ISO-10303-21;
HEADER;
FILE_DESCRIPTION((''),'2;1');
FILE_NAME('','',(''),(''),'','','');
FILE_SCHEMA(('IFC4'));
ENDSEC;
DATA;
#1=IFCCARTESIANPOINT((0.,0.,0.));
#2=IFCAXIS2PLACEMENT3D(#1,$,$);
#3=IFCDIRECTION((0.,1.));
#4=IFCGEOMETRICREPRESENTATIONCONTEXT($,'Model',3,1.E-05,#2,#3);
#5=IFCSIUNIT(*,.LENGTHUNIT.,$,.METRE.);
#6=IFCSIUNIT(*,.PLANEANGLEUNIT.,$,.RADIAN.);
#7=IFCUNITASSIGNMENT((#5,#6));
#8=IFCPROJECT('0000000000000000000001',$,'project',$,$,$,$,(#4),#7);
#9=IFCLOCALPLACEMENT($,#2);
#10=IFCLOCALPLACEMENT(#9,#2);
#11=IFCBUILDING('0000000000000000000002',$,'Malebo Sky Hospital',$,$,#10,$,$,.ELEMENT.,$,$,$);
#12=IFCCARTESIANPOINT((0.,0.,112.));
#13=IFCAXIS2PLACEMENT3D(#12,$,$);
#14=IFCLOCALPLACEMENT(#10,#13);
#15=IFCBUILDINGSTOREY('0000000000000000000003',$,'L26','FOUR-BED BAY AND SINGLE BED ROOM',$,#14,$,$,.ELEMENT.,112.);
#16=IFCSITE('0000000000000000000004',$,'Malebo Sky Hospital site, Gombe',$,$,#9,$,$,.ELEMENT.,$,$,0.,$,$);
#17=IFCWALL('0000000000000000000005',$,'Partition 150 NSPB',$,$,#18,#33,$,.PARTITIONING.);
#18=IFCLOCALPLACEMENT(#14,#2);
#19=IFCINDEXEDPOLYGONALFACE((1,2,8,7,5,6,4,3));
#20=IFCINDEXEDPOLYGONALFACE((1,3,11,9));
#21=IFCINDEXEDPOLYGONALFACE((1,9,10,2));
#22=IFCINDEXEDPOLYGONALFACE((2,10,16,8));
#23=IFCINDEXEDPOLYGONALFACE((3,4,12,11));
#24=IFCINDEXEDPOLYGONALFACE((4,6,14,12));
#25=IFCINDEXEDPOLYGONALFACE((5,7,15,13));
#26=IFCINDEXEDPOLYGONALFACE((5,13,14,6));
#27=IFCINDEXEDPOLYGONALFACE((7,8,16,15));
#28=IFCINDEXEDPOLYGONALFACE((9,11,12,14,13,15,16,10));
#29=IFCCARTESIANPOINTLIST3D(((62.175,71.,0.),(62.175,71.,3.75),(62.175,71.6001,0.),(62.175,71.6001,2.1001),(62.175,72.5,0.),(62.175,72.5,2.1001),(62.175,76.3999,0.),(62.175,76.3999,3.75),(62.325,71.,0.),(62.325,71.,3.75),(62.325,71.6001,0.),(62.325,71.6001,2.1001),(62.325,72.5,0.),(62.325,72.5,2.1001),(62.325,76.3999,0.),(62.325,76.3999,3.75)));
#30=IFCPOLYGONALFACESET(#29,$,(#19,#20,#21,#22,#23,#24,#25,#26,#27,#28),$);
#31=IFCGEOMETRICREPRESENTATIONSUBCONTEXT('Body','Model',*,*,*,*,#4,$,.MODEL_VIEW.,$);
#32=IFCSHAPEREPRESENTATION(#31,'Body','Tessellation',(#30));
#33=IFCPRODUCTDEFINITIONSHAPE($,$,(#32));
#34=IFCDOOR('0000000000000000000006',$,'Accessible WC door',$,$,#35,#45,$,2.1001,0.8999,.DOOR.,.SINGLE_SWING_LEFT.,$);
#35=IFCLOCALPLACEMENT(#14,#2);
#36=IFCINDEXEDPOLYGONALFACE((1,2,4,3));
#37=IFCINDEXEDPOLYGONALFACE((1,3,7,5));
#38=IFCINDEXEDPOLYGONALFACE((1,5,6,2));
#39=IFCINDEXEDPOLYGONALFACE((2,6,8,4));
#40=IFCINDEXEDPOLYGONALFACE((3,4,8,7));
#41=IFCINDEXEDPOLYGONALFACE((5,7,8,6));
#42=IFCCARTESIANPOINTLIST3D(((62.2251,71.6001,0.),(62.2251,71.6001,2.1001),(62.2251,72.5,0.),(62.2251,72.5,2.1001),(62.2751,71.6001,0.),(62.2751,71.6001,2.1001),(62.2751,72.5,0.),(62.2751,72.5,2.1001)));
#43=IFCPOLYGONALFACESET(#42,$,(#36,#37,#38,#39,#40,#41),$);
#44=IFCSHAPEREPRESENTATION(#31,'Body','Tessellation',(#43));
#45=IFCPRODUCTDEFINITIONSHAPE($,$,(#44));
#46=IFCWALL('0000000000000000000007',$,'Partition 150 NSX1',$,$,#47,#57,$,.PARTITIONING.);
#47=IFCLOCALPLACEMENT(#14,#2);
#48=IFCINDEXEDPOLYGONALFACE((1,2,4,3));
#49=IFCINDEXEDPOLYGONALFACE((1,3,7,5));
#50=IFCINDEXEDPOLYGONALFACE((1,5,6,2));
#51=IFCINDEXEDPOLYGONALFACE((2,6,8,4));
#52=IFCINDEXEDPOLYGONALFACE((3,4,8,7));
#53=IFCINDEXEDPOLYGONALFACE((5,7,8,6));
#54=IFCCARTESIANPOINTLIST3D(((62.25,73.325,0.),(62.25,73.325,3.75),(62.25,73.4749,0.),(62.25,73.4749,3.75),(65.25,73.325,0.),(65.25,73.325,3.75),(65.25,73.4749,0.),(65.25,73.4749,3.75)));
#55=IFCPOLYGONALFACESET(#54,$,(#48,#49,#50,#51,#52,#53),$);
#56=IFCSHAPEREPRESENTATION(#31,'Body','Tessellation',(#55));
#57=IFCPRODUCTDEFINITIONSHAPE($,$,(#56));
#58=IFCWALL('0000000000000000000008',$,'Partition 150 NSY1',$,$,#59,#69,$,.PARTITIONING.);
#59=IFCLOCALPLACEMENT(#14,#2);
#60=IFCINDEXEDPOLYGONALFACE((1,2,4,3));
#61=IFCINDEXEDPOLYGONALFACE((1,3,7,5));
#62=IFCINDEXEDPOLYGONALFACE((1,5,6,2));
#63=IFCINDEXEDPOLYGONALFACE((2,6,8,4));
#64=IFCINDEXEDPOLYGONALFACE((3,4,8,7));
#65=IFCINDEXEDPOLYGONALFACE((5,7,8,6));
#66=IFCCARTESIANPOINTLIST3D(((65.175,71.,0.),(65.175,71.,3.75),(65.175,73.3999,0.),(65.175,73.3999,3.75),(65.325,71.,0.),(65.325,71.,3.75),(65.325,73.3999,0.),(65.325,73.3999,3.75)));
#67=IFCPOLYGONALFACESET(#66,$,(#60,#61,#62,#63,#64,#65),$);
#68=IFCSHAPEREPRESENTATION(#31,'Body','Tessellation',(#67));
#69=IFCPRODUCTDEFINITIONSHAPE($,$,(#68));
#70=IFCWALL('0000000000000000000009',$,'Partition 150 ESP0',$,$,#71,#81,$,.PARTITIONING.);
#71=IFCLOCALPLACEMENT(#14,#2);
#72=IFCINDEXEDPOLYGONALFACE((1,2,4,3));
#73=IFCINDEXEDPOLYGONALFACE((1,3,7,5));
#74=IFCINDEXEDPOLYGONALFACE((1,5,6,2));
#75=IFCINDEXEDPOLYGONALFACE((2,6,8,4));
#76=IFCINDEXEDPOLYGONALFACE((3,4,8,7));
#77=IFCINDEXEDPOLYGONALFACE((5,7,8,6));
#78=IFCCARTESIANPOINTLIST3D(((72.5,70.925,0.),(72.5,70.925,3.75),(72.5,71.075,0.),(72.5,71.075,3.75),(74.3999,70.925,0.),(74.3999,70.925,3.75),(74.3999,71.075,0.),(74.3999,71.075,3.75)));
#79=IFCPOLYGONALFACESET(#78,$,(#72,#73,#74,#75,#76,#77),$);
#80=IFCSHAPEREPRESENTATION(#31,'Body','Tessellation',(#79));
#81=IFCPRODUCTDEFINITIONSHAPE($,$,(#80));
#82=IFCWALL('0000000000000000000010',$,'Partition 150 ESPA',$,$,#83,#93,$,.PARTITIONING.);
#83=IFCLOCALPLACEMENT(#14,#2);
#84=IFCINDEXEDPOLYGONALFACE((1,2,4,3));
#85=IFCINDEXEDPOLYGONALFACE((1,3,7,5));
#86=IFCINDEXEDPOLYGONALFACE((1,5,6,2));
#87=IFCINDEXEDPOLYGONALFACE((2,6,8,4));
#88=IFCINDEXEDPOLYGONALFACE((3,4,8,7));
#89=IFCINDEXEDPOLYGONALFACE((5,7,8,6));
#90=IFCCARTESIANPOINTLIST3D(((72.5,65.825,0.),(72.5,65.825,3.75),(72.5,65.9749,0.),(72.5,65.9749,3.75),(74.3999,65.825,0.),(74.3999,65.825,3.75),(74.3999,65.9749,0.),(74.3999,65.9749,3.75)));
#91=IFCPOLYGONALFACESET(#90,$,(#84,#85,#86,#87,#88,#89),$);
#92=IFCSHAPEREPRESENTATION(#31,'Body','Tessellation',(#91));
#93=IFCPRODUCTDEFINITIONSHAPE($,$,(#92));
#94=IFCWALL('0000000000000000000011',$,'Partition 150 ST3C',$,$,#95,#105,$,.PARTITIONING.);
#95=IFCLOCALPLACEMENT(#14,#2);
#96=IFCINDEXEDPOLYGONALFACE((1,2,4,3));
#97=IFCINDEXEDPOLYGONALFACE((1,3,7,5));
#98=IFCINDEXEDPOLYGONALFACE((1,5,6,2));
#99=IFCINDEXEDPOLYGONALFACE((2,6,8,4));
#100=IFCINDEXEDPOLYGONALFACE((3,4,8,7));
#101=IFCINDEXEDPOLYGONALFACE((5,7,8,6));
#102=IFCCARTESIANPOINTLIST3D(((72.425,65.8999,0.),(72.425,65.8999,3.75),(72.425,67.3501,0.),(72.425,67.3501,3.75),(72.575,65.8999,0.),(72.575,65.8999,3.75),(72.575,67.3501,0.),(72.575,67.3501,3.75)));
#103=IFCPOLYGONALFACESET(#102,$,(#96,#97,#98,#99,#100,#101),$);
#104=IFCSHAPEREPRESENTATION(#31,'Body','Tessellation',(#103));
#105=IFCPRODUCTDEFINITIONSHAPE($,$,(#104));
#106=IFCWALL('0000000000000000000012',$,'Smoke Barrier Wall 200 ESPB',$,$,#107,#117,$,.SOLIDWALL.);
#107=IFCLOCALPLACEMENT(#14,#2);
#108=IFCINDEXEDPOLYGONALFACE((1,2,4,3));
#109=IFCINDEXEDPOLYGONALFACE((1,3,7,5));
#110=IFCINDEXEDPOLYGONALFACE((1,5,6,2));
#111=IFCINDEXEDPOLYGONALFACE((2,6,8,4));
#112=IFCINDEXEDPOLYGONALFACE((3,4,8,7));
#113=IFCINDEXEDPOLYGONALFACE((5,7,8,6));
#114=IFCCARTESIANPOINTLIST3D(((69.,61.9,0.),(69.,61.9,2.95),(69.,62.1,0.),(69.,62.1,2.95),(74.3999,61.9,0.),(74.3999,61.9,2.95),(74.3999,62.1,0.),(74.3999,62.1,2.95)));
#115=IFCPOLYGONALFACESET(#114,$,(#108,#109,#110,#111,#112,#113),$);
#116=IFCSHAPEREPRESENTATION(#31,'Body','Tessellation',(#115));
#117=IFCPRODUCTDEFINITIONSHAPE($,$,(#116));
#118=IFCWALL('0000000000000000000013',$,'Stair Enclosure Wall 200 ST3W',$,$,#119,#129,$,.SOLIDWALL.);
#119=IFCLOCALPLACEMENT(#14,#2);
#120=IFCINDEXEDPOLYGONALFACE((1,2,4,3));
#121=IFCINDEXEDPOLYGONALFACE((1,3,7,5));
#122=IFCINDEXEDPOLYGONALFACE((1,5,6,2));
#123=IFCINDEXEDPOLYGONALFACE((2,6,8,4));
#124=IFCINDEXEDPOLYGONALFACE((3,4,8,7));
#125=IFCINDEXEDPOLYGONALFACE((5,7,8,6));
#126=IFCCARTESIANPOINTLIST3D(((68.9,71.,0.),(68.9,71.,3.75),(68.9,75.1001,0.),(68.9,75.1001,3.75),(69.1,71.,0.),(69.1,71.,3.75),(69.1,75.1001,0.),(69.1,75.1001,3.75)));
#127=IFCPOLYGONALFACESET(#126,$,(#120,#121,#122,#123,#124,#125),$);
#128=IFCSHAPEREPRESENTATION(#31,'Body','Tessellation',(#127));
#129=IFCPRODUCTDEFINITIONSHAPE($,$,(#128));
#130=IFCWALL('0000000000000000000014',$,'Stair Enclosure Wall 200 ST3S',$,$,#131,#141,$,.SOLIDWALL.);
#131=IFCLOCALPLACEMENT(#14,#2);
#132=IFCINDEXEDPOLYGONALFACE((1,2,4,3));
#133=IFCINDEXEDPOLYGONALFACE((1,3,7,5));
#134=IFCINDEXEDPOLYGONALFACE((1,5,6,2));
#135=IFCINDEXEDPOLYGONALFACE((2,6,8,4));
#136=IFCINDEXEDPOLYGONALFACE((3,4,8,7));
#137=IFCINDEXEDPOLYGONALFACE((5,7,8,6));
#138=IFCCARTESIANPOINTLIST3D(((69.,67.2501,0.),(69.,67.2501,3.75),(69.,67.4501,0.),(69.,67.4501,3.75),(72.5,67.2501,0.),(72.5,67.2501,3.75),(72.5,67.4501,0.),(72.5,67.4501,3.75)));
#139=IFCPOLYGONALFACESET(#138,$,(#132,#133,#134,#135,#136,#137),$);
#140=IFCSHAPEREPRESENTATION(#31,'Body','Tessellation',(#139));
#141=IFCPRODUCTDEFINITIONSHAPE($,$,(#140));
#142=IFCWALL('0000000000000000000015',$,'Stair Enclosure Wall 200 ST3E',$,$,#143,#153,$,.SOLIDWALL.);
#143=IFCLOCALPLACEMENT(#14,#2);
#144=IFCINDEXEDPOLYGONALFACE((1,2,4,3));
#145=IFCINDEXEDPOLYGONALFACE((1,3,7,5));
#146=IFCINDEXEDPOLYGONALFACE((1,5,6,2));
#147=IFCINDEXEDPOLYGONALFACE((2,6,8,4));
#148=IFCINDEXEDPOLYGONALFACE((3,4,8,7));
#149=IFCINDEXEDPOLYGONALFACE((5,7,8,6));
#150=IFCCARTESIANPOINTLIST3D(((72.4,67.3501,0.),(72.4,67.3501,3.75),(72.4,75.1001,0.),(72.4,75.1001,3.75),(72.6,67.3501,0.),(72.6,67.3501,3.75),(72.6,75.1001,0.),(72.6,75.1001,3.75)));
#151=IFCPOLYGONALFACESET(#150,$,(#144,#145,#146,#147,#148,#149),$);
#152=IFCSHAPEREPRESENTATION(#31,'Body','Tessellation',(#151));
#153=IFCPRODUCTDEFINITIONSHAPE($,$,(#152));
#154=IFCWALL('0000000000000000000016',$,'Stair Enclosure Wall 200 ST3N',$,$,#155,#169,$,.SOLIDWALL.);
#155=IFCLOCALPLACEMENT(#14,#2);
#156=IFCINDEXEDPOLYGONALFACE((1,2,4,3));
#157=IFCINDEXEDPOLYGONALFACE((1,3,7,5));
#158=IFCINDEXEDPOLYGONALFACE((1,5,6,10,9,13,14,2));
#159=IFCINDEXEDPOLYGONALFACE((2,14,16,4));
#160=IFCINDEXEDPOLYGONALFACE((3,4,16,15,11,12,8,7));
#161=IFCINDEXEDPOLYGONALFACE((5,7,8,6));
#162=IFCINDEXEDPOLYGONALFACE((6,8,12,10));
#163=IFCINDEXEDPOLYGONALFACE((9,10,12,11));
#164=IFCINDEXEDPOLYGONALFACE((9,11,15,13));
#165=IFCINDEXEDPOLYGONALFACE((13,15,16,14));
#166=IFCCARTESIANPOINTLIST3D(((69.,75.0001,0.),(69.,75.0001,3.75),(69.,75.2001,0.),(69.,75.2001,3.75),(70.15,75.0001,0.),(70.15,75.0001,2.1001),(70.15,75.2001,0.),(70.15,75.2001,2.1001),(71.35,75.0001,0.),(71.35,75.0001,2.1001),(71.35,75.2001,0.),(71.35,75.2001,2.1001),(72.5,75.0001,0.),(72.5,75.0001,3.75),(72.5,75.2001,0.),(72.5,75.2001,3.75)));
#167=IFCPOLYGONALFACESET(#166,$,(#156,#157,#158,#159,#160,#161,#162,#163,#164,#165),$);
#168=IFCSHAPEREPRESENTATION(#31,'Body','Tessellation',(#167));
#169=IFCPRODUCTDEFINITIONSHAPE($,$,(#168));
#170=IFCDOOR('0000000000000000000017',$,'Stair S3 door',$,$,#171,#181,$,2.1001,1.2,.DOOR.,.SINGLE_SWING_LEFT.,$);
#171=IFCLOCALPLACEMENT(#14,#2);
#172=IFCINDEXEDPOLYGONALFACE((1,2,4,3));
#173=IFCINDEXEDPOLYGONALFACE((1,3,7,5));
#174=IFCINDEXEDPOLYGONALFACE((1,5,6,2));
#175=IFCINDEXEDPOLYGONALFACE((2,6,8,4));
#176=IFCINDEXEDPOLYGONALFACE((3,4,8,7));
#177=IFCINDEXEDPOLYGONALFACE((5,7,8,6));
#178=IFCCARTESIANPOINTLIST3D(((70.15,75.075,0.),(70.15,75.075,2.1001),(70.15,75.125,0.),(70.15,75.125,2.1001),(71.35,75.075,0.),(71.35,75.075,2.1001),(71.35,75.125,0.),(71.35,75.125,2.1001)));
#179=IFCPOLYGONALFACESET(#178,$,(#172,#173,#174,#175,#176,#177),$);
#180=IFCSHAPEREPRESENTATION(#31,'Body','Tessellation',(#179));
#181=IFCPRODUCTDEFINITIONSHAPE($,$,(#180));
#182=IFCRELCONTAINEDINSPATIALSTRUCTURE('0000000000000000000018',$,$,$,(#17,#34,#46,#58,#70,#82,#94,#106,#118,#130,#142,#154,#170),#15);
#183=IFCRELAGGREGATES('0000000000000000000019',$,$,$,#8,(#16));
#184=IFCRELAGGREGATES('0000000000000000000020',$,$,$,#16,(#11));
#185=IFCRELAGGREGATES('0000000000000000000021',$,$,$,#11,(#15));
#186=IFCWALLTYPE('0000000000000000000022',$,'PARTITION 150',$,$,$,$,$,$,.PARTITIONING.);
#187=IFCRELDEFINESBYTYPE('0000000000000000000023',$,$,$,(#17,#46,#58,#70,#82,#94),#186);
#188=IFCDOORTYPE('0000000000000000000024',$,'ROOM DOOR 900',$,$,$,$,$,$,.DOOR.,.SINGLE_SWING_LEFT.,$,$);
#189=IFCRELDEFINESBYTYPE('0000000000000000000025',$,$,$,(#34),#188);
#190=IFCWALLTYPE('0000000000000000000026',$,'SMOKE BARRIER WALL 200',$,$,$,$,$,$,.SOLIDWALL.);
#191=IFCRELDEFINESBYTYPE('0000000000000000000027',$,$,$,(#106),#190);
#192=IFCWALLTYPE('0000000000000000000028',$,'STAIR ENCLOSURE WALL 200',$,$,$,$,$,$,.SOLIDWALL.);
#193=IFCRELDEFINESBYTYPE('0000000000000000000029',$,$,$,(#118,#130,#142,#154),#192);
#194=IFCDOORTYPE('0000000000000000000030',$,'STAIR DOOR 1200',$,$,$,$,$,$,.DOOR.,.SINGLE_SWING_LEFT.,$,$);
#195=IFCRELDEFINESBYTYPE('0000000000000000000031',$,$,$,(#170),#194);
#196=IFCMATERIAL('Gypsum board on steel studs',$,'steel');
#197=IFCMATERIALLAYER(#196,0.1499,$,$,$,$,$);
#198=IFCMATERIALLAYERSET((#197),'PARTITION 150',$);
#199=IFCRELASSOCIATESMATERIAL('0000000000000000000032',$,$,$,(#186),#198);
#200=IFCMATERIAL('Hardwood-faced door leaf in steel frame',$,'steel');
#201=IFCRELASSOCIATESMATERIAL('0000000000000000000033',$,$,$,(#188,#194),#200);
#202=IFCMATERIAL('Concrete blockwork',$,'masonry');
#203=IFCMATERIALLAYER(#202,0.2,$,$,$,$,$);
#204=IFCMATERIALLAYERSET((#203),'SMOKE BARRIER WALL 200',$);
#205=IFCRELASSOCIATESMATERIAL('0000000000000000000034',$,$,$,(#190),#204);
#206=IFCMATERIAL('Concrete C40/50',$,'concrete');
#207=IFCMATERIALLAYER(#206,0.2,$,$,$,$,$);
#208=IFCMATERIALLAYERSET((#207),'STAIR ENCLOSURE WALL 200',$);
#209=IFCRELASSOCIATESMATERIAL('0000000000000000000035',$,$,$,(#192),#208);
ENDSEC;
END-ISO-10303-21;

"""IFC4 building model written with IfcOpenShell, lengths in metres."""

from ifc_helpers import new_model, si_unit, direction, frame, frame_2d, origin, place, context, subcontext, project, spatial, rectangle, extrude, material, layer, layer_set, type_object, element, fill, save


model = new_model("IFC4")

# Units and contexts
model_context = context("Model", 3, precision=1e-05, world=origin(), true_north=direction((0.0, 1.0)))
body_context = subcontext(model_context, "Body", "Model", "MODEL_VIEW")
ifc_project = project(units=[si_unit("LENGTHUNIT", "METRE"), si_unit("PLANEANGLEUNIT", "RADIAN")], contexts=[model_context])

# Site, building, storey
site_placement = place(None, origin())
site = spatial("IfcSite", under=ifc_project, at=site_placement, Name="Malebo Sky Hospital site, Gombe", CompositionType="ELEMENT", RefElevation=0.0)
building_placement = place(site_placement, origin())
building = spatial("IfcBuilding", under=site, at=building_placement, Name="Malebo Sky Hospital", CompositionType="ELEMENT")
storey_placement = place(building_placement, frame((0.0, 0.0, 112.0)))
storey = spatial("IfcBuildingStorey", under=building, at=storey_placement, Name="L26", Description="FOUR-BED BAY AND SINGLE BED ROOM", CompositionType="ELEMENT", Elevation=112.0)

# Shared definitions
ifc_material_1 = material(Name="Gypsum board on steel studs", Category="steel")

# Wall, opening, door
ifc_layer_1 = layer(ifc_material_1, 0.1499)
ifc_layer_set_1 = layer_set([ifc_layer_1], Name="PARTITION 150")
wall_type_1 = type_object("IfcWallType", Name="PARTITION 150", PredefinedType="PARTITIONING", material=ifc_layer_set_1)
wall_1_placement = place(storey_placement, frame((62.25, 71.0, 0.0), z_axis=(0.0, 0.0, 1.0), x_axis=(0.0, 1.0, 0.0)))
wall_1 = element("IfcWall", 1, at=wall_1_placement, inside=storey, type_object=wall_type_1, Name="Partition 150 NSPB", PredefinedType="PARTITIONING", context=body_context, shape_type="SweptSolid", body=[
    extrude(rectangle(XDim=5.3999, YDim=0.1499, at=frame_2d((2.7, 0.0))), origin(), (0.0, 0.0, 1.0), 3.75),
])
opening_1_placement = place(wall_1_placement, frame((0.6001, 0.0, 0.0)))
opening_1 = element("IfcOpeningElement", 2, at=opening_1_placement, cuts=wall_1, PredefinedType="OPENING", context=body_context, shape_type="SweptSolid", body=[
    extrude(rectangle(XDim=0.8999, YDim=2.1001, at=frame_2d((0.45, 1.05))), frame((0.0, 0.085, 0.0), z_axis=(0.0, -1.0, 0.0), x_axis=(1.0, 0.0, 0.0)), (0.0, 0.0, 1.0), 0.1699),
])
ifc_material_2 = material(Name="Hardwood-faced door leaf in steel frame", Category="steel")
door_type_1 = type_object("IfcDoorType", Name="ROOM DOOR 900", OperationType="SINGLE_SWING_LEFT", PredefinedType="DOOR", material=ifc_material_2)
door_1_placement = place(opening_1_placement, origin())
door_1 = element("IfcDoor", 3, at=door_1_placement, inside=storey, type_object=door_type_1, Name="Accessible WC door", OperationType="SINGLE_SWING_LEFT", OverallHeight=2.1001, OverallWidth=0.8999, PredefinedType="DOOR", context=body_context, shape_type="SweptSolid", body=[
    extrude(rectangle(XDim=0.8999, YDim=2.1001, at=frame_2d((0.45, 1.05))), frame((0.0, 0.0249, 0.0), z_axis=(0.0, -1.0, 0.0), x_axis=(1.0, 0.0, 0.0)), (0.0, 0.0, 1.0), 0.05),
])
fill(opening_1, door_1)

# Walls
wall_2_placement = place(storey_placement, frame((62.25, 73.3999, 0.0), z_axis=(0.0, 0.0, 1.0), x_axis=(1.0, 0.0, 0.0)))
element("IfcWall", 4, at=wall_2_placement, inside=storey, type_object=wall_type_1, Name="Partition 150 NSX1", PredefinedType="PARTITIONING", context=body_context, shape_type="SweptSolid", body=[
    extrude(rectangle(XDim=3.0, YDim=0.1499, at=frame_2d((1.5, 0.0))), origin(), (0.0, 0.0, 1.0), 3.75),
])
wall_3_placement = place(storey_placement, frame((65.25, 71.0, 0.0), z_axis=(0.0, 0.0, 1.0), x_axis=(0.0, 1.0, 0.0)))
element("IfcWall", 5, at=wall_3_placement, inside=storey, type_object=wall_type_1, Name="Partition 150 NSY1", PredefinedType="PARTITIONING", context=body_context, shape_type="SweptSolid", body=[
    extrude(rectangle(XDim=2.3999, YDim=0.1499, at=frame_2d((1.2, 0.0))), origin(), (0.0, 0.0, 1.0), 3.75),
])
for number, where, z_axis, x_axis, name in (
    (6, (72.5, 71.0, 0.0), (0.0, 0.0, 1.0), (1.0, 0.0, 0.0), "Partition 150 ESP0"),
    (7, (72.5, 65.8999, 0.0), (0.0, 0.0, 1.0), (1.0, 0.0, 0.0), "Partition 150 ESPA"),
):
    element("IfcWall", number, at=place(storey_placement, frame(where, z_axis=z_axis, x_axis=x_axis)), inside=storey, type_object=wall_type_1, Name=name, PredefinedType="PARTITIONING", context=body_context, shape_type="SweptSolid", body=[
        extrude(rectangle(XDim=1.8999, YDim=0.1499, at=frame_2d((0.95, 0.0))), origin(), (0.0, 0.0, 1.0), 3.75),
    ])
wall_4_placement = place(storey_placement, frame((72.5, 65.8999, 0.0), z_axis=(0.0, 0.0, 1.0), x_axis=(0.0, 1.0, 0.0)))
element("IfcWall", 8, at=wall_4_placement, inside=storey, type_object=wall_type_1, Name="Partition 150 ST3C", PredefinedType="PARTITIONING", context=body_context, shape_type="SweptSolid", body=[
    extrude(rectangle(XDim=1.4502, YDim=0.1499, at=frame_2d((0.7251, 0.0))), origin(), (0.0, 0.0, 1.0), 3.75),
])
ifc_material_3 = material(Name="Concrete blockwork", Category="masonry")
ifc_layer_2 = layer(ifc_material_3, 0.2)
ifc_layer_set_2 = layer_set([ifc_layer_2], Name="SMOKE BARRIER WALL 200")
wall_type_2 = type_object("IfcWallType", Name="SMOKE BARRIER WALL 200", PredefinedType="SOLIDWALL", material=ifc_layer_set_2)
wall_5_placement = place(storey_placement, frame((69.0, 62.0, 0.0), z_axis=(0.0, 0.0, 1.0), x_axis=(1.0, 0.0, 0.0)))
element("IfcWall", 9, at=wall_5_placement, inside=storey, type_object=wall_type_2, Name="Smoke Barrier Wall 200 ESPB", PredefinedType="SOLIDWALL", context=body_context, shape_type="SweptSolid", body=[
    extrude(rectangle(XDim=5.3999, YDim=0.2, at=frame_2d((2.7, 0.0))), origin(), (0.0, 0.0, 1.0), 2.95),
])
ifc_material_4 = material(Name="Concrete C40/50", Category="concrete")
ifc_layer_3 = layer(ifc_material_4, 0.2)
ifc_layer_set_3 = layer_set([ifc_layer_3], Name="STAIR ENCLOSURE WALL 200")
wall_type_3 = type_object("IfcWallType", Name="STAIR ENCLOSURE WALL 200", PredefinedType="SOLIDWALL", material=ifc_layer_set_3)
wall_6_placement = place(storey_placement, frame((69.0, 71.0, 0.0), z_axis=(0.0, 0.0, 1.0), x_axis=(0.0, 1.0, 0.0)))
element("IfcWall", 10, at=wall_6_placement, inside=storey, type_object=wall_type_3, Name="Stair Enclosure Wall 200 ST3W", PredefinedType="SOLIDWALL", context=body_context, shape_type="SweptSolid", body=[
    extrude(rectangle(XDim=4.1001, YDim=0.2, at=frame_2d((2.05, 0.0))), origin(), (0.0, 0.0, 1.0), 3.75),
])
wall_7_placement = place(storey_placement, frame((69.0, 67.3501, 0.0), z_axis=(0.0, 0.0, 1.0), x_axis=(1.0, 0.0, 0.0)))
element("IfcWall", 11, at=wall_7_placement, inside=storey, type_object=wall_type_3, Name="Stair Enclosure Wall 200 ST3S", PredefinedType="SOLIDWALL", context=body_context, shape_type="SweptSolid", body=[
    extrude(rectangle(XDim=3.5, YDim=0.2, at=frame_2d((1.75, 0.0))), origin(), (0.0, 0.0, 1.0), 3.75),
])
wall_8_placement = place(storey_placement, frame((72.5, 67.3501, 0.0), z_axis=(0.0, 0.0, 1.0), x_axis=(0.0, 1.0, 0.0)))
element("IfcWall", 12, at=wall_8_placement, inside=storey, type_object=wall_type_3, Name="Stair Enclosure Wall 200 ST3E", PredefinedType="SOLIDWALL", context=body_context, shape_type="SweptSolid", body=[
    extrude(rectangle(XDim=7.75, YDim=0.2, at=frame_2d((3.875, 0.0))), origin(), (0.0, 0.0, 1.0), 3.75),
])

# Wall, opening, door
wall_9_placement = place(storey_placement, frame((69.0, 75.1001, 0.0), z_axis=(0.0, 0.0, 1.0), x_axis=(1.0, 0.0, 0.0)))
wall_9 = element("IfcWall", 13, at=wall_9_placement, inside=storey, type_object=wall_type_3, Name="Stair Enclosure Wall 200 ST3N", PredefinedType="SOLIDWALL", context=body_context, shape_type="SweptSolid", body=[
    extrude(rectangle(XDim=3.5, YDim=0.2, at=frame_2d((1.75, 0.0))), origin(), (0.0, 0.0, 1.0), 3.75),
])
opening_2_placement = place(wall_9_placement, frame((1.1499, 0.0, 0.0)))
opening_2 = element("IfcOpeningElement", 14, at=opening_2_placement, cuts=wall_9, PredefinedType="OPENING", context=body_context, shape_type="SweptSolid", body=[
    extrude(rectangle(XDim=1.2, YDim=2.1001, at=frame_2d((0.6001, 1.05))), frame((0.0, 0.1099, 0.0), z_axis=(0.0, -1.0, 0.0), x_axis=(1.0, 0.0, 0.0)), (0.0, 0.0, 1.0), 0.22),
])
door_type_2 = type_object("IfcDoorType", Name="STAIR DOOR 1200", OperationType="SINGLE_SWING_LEFT", PredefinedType="DOOR", material=ifc_material_2)
door_2_placement = place(opening_2_placement, origin())
door_2 = element("IfcDoor", 15, at=door_2_placement, inside=storey, type_object=door_type_2, Name="Stair S3 door", OperationType="SINGLE_SWING_LEFT", OverallHeight=2.1001, OverallWidth=1.2, PredefinedType="DOOR", context=body_context, shape_type="SweptSolid", body=[
    extrude(rectangle(XDim=1.2, YDim=2.1001, at=frame_2d((0.6001, 1.05))), frame((0.0, 0.0249, 0.0), z_axis=(0.0, -1.0, 0.0), x_axis=(1.0, 0.0, 0.0)), (0.0, 0.0, 1.0), 0.05),
])
fill(opening_2, door_2)

save(model, "model.ifc")
